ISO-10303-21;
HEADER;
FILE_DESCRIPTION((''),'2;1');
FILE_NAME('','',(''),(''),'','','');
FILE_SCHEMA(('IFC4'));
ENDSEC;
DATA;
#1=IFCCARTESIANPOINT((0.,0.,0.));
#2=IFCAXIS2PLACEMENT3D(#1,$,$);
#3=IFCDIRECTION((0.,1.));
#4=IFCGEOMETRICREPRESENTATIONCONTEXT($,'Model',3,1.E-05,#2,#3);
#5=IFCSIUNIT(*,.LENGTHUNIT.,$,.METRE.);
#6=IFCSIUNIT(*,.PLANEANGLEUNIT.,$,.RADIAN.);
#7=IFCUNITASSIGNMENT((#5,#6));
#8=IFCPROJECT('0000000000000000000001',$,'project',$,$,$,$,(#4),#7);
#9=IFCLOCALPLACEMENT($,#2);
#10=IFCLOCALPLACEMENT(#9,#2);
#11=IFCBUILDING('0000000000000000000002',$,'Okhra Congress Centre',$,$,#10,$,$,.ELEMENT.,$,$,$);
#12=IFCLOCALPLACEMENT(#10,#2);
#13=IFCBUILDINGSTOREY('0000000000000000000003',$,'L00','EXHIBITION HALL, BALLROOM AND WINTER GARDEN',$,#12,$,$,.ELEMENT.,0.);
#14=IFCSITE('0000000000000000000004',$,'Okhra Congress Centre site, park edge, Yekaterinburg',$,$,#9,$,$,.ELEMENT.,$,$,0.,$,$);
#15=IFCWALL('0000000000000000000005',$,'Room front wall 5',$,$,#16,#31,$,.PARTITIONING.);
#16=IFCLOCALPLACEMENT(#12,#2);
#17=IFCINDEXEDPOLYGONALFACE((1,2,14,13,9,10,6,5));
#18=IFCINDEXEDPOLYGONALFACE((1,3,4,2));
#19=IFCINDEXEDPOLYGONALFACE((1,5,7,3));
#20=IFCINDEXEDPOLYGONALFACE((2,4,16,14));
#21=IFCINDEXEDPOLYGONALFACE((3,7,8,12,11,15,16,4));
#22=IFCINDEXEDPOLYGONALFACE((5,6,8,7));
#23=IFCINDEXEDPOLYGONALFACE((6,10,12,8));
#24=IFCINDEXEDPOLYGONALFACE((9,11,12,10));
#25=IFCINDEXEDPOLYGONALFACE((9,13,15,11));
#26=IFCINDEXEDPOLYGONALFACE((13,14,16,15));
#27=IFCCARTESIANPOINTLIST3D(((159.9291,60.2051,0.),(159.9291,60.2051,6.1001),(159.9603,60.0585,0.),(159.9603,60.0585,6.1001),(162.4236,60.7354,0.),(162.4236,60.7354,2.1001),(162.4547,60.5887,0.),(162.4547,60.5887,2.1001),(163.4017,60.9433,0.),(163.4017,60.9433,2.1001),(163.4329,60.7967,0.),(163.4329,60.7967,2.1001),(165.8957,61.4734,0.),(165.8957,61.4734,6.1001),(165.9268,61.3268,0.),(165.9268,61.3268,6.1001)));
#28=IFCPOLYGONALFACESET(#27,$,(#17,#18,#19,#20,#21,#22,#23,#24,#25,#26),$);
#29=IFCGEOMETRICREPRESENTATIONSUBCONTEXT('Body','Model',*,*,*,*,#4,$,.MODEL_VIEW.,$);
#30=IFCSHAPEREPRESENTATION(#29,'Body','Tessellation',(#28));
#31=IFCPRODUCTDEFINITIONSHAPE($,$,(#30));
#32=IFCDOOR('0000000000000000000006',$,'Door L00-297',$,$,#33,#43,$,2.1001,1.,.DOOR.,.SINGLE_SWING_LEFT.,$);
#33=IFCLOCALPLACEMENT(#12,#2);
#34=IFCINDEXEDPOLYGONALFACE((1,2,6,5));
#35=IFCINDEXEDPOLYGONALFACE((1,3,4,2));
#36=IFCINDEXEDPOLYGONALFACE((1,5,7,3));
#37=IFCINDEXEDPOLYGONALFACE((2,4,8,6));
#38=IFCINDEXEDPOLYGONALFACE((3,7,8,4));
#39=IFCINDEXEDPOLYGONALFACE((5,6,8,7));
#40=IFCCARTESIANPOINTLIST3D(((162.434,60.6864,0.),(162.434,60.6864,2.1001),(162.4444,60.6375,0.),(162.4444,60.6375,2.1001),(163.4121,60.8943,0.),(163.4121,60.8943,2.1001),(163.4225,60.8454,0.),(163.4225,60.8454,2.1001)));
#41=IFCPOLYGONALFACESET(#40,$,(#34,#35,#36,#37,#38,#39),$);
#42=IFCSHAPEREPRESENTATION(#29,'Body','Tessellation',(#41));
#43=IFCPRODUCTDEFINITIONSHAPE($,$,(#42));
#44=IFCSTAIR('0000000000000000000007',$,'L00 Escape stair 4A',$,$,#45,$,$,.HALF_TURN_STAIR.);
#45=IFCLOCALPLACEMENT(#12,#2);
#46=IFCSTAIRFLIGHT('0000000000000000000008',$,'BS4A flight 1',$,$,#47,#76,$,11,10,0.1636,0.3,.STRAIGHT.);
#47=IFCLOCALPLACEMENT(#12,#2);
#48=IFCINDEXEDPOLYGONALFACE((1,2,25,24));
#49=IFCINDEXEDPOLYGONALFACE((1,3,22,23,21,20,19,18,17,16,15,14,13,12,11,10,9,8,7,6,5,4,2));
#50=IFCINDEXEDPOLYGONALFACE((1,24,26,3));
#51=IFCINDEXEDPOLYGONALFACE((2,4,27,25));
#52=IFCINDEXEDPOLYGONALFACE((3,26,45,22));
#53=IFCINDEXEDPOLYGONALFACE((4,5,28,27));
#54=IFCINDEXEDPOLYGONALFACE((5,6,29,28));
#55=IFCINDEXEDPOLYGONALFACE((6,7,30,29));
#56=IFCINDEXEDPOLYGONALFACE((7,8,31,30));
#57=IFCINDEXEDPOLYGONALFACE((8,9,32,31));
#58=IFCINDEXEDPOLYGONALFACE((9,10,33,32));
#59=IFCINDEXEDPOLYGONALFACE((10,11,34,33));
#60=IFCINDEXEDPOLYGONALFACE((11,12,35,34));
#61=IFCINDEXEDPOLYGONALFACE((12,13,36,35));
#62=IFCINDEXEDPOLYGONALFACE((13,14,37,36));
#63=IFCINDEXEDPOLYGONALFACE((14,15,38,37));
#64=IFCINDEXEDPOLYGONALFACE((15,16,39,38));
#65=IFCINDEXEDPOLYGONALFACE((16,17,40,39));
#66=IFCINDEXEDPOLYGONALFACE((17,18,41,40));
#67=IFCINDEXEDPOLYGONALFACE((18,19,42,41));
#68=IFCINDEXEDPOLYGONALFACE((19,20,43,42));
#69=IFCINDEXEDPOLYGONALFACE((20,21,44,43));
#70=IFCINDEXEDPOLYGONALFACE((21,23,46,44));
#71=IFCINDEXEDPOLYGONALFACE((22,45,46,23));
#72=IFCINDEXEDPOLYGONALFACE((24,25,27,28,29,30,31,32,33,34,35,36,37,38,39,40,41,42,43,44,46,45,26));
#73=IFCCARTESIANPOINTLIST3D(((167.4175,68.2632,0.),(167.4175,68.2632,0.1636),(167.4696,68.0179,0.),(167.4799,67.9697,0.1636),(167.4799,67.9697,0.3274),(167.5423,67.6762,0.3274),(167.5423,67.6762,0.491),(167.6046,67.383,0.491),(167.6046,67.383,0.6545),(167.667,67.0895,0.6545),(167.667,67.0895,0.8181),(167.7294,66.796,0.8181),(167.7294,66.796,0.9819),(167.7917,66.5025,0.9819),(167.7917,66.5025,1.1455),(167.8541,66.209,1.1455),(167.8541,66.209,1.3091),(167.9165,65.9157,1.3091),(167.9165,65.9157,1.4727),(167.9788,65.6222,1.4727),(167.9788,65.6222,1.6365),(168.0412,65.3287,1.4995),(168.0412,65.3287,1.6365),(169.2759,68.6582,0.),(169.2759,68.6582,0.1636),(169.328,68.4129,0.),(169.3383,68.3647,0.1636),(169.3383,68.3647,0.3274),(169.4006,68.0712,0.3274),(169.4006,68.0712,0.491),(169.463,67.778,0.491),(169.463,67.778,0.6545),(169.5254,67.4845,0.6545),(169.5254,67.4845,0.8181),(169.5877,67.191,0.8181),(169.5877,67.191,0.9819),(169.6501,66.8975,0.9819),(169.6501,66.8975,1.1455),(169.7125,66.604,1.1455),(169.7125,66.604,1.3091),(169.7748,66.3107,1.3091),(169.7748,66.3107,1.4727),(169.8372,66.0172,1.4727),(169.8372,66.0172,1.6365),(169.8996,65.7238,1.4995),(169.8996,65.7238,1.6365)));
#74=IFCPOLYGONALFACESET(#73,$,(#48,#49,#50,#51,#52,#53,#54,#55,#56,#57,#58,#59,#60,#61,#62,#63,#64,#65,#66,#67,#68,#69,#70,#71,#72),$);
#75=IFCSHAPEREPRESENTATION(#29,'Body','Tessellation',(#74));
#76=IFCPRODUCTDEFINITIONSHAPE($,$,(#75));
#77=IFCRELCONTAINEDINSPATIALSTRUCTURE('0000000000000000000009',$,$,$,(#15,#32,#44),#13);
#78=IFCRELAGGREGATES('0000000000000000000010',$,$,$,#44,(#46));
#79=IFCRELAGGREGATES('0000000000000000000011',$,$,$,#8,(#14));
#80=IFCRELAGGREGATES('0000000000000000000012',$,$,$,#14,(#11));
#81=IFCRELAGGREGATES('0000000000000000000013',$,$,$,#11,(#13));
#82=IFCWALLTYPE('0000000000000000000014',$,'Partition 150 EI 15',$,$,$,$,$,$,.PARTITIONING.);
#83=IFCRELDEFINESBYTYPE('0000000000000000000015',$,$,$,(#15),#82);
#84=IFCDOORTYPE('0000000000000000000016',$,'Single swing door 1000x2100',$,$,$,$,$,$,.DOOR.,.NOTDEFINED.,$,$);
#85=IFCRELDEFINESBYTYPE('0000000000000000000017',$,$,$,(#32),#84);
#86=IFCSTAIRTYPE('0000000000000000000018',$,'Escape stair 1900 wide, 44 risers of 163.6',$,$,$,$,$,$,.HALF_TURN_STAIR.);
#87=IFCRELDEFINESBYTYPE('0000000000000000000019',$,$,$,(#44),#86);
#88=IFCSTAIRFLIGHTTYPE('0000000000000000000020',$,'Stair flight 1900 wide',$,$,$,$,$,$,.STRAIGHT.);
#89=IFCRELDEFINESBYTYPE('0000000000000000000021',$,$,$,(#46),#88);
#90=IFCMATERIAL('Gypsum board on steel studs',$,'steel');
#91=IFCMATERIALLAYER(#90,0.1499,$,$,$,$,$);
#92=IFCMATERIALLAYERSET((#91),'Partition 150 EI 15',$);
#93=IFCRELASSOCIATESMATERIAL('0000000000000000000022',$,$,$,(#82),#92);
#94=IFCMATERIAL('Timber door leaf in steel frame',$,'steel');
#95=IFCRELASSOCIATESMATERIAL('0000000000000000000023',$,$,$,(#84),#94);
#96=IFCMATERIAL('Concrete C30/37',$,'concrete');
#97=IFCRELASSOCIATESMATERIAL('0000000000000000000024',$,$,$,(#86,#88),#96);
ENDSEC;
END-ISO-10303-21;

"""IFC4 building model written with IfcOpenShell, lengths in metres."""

from ifc_helpers import new_model, si_unit, direction, frame, frame_2d, origin, place, context, subcontext, project, spatial, polyline, rectangle, outline, extrude, material, layer, layer_set, type_object, element, fill, aggregate, save


model = new_model("IFC4")

# Units and contexts
model_context = context("Model", 3, precision=1e-05, world=origin(), true_north=direction((0.0, 1.0)))
body_context = subcontext(model_context, "Body", "Model", "MODEL_VIEW")
ifc_project = project(units=[si_unit("LENGTHUNIT", "METRE"), si_unit("PLANEANGLEUNIT", "RADIAN")], contexts=[model_context])

# Site, building, storey
site_placement = place(None, origin())
site = spatial("IfcSite", under=ifc_project, at=site_placement, Name="Okhra Congress Centre site, park edge, Yekaterinburg", CompositionType="ELEMENT", RefElevation=0.0)
building_placement = place(site_placement, origin())
building = spatial("IfcBuilding", under=site, at=building_placement, Name="Okhra Congress Centre", CompositionType="ELEMENT")
storey_placement = place(building_placement, origin())
storey = spatial("IfcBuildingStorey", under=building, at=storey_placement, Name="L00", Description="EXHIBITION HALL, BALLROOM AND WINTER GARDEN", CompositionType="ELEMENT", Elevation=0.0)

# Shared definitions
ifc_material_1 = material(Name="Concrete C30/37", Category="concrete")

# Shared definitions
ifc_material_2 = material(Name="Gypsum board on steel studs", Category="steel")

# Wall, opening, door
ifc_layer_1 = layer(ifc_material_2, 0.1499)
ifc_layer_set_1 = layer_set([ifc_layer_1], Name="Partition 150 EI 15")
wall_type_1 = type_object("IfcWallType", Name="Partition 150 EI 15", PredefinedType="PARTITIONING", material=ifc_layer_set_1)
wall_1_placement = place(storey_placement, frame((159.9448, 60.1318, 0.0), z_axis=(0.0, 0.0, 1.0), x_axis=(0.978145, 0.207924, 0.0)))
wall_1 = element("IfcWall", 1, at=wall_1_placement, inside=storey, type_object=wall_type_1, Name="Room front wall 5", PredefinedType="PARTITIONING", context=body_context, shape_type="SweptSolid", body=[
    extrude(rectangle(XDim=6.0999, YDim=0.1499, at=frame_2d((3.0498, 0.0))), origin(), (0.0, 0.0, 1.0), 6.1001),
])
opening_placement = place(wall_1_placement, frame((2.55, 0.0, 0.0)))
opening = element("IfcOpeningElement", 2, at=opening_placement, cuts=wall_1, PredefinedType="OPENING", context=body_context, shape_type="SweptSolid", body=[
    extrude(rectangle(XDim=1.0, YDim=2.1001, at=frame_2d((0.5, 1.05))), frame((0.0, 0.085, 0.0), z_axis=(0.0, -1.0, 0.0), x_axis=(1.0, 0.0, 0.0)), (0.0, 0.0, 1.0), 0.1699),
])
ifc_material_3 = material(Name="Timber door leaf in steel frame", Category="steel")
door_type = type_object("IfcDoorType", Name="Single swing door 1000x2100", OperationType="NOTDEFINED", PredefinedType="DOOR", material=ifc_material_3)
door_placement = place(opening_placement, origin())
door = element("IfcDoor", 3, at=door_placement, inside=storey, type_object=door_type, Name="Door L00-297", OperationType="SINGLE_SWING_LEFT", OverallHeight=2.1001, OverallWidth=1.0, PredefinedType="DOOR", context=body_context, shape_type="SweptSolid", body=[
    extrude(rectangle(XDim=1.0, YDim=2.1001, at=frame_2d((0.5, 1.05))), frame((0.0, 0.0249, 0.0), z_axis=(0.0, -1.0, 0.0), x_axis=(1.0, 0.0, 0.0)), (0.0, 0.0, 1.0), 0.05),
])
fill(opening, door)

# Stair, stair flight
stair_type = type_object("IfcStairType", Name="Escape stair 1900 wide, 44 risers of 163.6", PredefinedType="HALF_TURN_STAIR", material=ifc_material_1)
stair_placement = place(storey_placement, origin())
stair = element("IfcStair", 4, at=stair_placement, inside=storey, type_object=stair_type, Name="L00 Escape stair 4A", PredefinedType="HALF_TURN_STAIR")
stair_flight_type = type_object("IfcStairFlightType", Name="Stair flight 1900 wide", PredefinedType="STRAIGHT", material=ifc_material_1)
stair_flight_placement = place(storey_placement, frame((168.3467, 68.4607, 0.0), z_axis=(0.0, 0.0, 1.0), x_axis=(0.207912, -0.978148, 0.0)))
stair_flight = element("IfcStairFlight", 5, at=stair_flight_placement, type_object=stair_flight_type, Name="BS4A flight 1", NumberOfRisers=11, NumberOfTreads=10, PredefinedType="STRAIGHT", RiserHeight=0.1636, TreadLength=0.3, context=body_context, shape_type="SweptSolid", body=[
    extrude(outline(polyline([(0.0, 0.0), (0.0, 0.1636), (0.3, 0.1636), (0.3, 0.3274), (0.6001, 0.3274), (0.6001, 0.491), (0.8999, 0.491), (0.8999, 0.6545), (1.2, 0.6545), (1.2, 0.8181), (1.5, 0.8181), (1.5, 0.9819), (1.8, 0.9819), (1.8, 1.1455), (2.1001, 1.1455), (2.1001, 1.3091), (2.3999, 1.3091), (2.3999, 1.4727), (2.7, 1.4727), (2.7, 1.6365), (3.0, 1.6365), (3.0, 1.8), (3.0, 1.4995), (0.2507, 0.0), (0.0, 0.0)])), frame((0.0, 0.95, 0.0), z_axis=(0.0, -1.0, 0.0), x_axis=(1.0, 0.0, 0.0)), (0.0, 0.0, 1.0), 1.8999),
])
aggregate(stair, [stair_flight])

save(model, "model.ifc")
